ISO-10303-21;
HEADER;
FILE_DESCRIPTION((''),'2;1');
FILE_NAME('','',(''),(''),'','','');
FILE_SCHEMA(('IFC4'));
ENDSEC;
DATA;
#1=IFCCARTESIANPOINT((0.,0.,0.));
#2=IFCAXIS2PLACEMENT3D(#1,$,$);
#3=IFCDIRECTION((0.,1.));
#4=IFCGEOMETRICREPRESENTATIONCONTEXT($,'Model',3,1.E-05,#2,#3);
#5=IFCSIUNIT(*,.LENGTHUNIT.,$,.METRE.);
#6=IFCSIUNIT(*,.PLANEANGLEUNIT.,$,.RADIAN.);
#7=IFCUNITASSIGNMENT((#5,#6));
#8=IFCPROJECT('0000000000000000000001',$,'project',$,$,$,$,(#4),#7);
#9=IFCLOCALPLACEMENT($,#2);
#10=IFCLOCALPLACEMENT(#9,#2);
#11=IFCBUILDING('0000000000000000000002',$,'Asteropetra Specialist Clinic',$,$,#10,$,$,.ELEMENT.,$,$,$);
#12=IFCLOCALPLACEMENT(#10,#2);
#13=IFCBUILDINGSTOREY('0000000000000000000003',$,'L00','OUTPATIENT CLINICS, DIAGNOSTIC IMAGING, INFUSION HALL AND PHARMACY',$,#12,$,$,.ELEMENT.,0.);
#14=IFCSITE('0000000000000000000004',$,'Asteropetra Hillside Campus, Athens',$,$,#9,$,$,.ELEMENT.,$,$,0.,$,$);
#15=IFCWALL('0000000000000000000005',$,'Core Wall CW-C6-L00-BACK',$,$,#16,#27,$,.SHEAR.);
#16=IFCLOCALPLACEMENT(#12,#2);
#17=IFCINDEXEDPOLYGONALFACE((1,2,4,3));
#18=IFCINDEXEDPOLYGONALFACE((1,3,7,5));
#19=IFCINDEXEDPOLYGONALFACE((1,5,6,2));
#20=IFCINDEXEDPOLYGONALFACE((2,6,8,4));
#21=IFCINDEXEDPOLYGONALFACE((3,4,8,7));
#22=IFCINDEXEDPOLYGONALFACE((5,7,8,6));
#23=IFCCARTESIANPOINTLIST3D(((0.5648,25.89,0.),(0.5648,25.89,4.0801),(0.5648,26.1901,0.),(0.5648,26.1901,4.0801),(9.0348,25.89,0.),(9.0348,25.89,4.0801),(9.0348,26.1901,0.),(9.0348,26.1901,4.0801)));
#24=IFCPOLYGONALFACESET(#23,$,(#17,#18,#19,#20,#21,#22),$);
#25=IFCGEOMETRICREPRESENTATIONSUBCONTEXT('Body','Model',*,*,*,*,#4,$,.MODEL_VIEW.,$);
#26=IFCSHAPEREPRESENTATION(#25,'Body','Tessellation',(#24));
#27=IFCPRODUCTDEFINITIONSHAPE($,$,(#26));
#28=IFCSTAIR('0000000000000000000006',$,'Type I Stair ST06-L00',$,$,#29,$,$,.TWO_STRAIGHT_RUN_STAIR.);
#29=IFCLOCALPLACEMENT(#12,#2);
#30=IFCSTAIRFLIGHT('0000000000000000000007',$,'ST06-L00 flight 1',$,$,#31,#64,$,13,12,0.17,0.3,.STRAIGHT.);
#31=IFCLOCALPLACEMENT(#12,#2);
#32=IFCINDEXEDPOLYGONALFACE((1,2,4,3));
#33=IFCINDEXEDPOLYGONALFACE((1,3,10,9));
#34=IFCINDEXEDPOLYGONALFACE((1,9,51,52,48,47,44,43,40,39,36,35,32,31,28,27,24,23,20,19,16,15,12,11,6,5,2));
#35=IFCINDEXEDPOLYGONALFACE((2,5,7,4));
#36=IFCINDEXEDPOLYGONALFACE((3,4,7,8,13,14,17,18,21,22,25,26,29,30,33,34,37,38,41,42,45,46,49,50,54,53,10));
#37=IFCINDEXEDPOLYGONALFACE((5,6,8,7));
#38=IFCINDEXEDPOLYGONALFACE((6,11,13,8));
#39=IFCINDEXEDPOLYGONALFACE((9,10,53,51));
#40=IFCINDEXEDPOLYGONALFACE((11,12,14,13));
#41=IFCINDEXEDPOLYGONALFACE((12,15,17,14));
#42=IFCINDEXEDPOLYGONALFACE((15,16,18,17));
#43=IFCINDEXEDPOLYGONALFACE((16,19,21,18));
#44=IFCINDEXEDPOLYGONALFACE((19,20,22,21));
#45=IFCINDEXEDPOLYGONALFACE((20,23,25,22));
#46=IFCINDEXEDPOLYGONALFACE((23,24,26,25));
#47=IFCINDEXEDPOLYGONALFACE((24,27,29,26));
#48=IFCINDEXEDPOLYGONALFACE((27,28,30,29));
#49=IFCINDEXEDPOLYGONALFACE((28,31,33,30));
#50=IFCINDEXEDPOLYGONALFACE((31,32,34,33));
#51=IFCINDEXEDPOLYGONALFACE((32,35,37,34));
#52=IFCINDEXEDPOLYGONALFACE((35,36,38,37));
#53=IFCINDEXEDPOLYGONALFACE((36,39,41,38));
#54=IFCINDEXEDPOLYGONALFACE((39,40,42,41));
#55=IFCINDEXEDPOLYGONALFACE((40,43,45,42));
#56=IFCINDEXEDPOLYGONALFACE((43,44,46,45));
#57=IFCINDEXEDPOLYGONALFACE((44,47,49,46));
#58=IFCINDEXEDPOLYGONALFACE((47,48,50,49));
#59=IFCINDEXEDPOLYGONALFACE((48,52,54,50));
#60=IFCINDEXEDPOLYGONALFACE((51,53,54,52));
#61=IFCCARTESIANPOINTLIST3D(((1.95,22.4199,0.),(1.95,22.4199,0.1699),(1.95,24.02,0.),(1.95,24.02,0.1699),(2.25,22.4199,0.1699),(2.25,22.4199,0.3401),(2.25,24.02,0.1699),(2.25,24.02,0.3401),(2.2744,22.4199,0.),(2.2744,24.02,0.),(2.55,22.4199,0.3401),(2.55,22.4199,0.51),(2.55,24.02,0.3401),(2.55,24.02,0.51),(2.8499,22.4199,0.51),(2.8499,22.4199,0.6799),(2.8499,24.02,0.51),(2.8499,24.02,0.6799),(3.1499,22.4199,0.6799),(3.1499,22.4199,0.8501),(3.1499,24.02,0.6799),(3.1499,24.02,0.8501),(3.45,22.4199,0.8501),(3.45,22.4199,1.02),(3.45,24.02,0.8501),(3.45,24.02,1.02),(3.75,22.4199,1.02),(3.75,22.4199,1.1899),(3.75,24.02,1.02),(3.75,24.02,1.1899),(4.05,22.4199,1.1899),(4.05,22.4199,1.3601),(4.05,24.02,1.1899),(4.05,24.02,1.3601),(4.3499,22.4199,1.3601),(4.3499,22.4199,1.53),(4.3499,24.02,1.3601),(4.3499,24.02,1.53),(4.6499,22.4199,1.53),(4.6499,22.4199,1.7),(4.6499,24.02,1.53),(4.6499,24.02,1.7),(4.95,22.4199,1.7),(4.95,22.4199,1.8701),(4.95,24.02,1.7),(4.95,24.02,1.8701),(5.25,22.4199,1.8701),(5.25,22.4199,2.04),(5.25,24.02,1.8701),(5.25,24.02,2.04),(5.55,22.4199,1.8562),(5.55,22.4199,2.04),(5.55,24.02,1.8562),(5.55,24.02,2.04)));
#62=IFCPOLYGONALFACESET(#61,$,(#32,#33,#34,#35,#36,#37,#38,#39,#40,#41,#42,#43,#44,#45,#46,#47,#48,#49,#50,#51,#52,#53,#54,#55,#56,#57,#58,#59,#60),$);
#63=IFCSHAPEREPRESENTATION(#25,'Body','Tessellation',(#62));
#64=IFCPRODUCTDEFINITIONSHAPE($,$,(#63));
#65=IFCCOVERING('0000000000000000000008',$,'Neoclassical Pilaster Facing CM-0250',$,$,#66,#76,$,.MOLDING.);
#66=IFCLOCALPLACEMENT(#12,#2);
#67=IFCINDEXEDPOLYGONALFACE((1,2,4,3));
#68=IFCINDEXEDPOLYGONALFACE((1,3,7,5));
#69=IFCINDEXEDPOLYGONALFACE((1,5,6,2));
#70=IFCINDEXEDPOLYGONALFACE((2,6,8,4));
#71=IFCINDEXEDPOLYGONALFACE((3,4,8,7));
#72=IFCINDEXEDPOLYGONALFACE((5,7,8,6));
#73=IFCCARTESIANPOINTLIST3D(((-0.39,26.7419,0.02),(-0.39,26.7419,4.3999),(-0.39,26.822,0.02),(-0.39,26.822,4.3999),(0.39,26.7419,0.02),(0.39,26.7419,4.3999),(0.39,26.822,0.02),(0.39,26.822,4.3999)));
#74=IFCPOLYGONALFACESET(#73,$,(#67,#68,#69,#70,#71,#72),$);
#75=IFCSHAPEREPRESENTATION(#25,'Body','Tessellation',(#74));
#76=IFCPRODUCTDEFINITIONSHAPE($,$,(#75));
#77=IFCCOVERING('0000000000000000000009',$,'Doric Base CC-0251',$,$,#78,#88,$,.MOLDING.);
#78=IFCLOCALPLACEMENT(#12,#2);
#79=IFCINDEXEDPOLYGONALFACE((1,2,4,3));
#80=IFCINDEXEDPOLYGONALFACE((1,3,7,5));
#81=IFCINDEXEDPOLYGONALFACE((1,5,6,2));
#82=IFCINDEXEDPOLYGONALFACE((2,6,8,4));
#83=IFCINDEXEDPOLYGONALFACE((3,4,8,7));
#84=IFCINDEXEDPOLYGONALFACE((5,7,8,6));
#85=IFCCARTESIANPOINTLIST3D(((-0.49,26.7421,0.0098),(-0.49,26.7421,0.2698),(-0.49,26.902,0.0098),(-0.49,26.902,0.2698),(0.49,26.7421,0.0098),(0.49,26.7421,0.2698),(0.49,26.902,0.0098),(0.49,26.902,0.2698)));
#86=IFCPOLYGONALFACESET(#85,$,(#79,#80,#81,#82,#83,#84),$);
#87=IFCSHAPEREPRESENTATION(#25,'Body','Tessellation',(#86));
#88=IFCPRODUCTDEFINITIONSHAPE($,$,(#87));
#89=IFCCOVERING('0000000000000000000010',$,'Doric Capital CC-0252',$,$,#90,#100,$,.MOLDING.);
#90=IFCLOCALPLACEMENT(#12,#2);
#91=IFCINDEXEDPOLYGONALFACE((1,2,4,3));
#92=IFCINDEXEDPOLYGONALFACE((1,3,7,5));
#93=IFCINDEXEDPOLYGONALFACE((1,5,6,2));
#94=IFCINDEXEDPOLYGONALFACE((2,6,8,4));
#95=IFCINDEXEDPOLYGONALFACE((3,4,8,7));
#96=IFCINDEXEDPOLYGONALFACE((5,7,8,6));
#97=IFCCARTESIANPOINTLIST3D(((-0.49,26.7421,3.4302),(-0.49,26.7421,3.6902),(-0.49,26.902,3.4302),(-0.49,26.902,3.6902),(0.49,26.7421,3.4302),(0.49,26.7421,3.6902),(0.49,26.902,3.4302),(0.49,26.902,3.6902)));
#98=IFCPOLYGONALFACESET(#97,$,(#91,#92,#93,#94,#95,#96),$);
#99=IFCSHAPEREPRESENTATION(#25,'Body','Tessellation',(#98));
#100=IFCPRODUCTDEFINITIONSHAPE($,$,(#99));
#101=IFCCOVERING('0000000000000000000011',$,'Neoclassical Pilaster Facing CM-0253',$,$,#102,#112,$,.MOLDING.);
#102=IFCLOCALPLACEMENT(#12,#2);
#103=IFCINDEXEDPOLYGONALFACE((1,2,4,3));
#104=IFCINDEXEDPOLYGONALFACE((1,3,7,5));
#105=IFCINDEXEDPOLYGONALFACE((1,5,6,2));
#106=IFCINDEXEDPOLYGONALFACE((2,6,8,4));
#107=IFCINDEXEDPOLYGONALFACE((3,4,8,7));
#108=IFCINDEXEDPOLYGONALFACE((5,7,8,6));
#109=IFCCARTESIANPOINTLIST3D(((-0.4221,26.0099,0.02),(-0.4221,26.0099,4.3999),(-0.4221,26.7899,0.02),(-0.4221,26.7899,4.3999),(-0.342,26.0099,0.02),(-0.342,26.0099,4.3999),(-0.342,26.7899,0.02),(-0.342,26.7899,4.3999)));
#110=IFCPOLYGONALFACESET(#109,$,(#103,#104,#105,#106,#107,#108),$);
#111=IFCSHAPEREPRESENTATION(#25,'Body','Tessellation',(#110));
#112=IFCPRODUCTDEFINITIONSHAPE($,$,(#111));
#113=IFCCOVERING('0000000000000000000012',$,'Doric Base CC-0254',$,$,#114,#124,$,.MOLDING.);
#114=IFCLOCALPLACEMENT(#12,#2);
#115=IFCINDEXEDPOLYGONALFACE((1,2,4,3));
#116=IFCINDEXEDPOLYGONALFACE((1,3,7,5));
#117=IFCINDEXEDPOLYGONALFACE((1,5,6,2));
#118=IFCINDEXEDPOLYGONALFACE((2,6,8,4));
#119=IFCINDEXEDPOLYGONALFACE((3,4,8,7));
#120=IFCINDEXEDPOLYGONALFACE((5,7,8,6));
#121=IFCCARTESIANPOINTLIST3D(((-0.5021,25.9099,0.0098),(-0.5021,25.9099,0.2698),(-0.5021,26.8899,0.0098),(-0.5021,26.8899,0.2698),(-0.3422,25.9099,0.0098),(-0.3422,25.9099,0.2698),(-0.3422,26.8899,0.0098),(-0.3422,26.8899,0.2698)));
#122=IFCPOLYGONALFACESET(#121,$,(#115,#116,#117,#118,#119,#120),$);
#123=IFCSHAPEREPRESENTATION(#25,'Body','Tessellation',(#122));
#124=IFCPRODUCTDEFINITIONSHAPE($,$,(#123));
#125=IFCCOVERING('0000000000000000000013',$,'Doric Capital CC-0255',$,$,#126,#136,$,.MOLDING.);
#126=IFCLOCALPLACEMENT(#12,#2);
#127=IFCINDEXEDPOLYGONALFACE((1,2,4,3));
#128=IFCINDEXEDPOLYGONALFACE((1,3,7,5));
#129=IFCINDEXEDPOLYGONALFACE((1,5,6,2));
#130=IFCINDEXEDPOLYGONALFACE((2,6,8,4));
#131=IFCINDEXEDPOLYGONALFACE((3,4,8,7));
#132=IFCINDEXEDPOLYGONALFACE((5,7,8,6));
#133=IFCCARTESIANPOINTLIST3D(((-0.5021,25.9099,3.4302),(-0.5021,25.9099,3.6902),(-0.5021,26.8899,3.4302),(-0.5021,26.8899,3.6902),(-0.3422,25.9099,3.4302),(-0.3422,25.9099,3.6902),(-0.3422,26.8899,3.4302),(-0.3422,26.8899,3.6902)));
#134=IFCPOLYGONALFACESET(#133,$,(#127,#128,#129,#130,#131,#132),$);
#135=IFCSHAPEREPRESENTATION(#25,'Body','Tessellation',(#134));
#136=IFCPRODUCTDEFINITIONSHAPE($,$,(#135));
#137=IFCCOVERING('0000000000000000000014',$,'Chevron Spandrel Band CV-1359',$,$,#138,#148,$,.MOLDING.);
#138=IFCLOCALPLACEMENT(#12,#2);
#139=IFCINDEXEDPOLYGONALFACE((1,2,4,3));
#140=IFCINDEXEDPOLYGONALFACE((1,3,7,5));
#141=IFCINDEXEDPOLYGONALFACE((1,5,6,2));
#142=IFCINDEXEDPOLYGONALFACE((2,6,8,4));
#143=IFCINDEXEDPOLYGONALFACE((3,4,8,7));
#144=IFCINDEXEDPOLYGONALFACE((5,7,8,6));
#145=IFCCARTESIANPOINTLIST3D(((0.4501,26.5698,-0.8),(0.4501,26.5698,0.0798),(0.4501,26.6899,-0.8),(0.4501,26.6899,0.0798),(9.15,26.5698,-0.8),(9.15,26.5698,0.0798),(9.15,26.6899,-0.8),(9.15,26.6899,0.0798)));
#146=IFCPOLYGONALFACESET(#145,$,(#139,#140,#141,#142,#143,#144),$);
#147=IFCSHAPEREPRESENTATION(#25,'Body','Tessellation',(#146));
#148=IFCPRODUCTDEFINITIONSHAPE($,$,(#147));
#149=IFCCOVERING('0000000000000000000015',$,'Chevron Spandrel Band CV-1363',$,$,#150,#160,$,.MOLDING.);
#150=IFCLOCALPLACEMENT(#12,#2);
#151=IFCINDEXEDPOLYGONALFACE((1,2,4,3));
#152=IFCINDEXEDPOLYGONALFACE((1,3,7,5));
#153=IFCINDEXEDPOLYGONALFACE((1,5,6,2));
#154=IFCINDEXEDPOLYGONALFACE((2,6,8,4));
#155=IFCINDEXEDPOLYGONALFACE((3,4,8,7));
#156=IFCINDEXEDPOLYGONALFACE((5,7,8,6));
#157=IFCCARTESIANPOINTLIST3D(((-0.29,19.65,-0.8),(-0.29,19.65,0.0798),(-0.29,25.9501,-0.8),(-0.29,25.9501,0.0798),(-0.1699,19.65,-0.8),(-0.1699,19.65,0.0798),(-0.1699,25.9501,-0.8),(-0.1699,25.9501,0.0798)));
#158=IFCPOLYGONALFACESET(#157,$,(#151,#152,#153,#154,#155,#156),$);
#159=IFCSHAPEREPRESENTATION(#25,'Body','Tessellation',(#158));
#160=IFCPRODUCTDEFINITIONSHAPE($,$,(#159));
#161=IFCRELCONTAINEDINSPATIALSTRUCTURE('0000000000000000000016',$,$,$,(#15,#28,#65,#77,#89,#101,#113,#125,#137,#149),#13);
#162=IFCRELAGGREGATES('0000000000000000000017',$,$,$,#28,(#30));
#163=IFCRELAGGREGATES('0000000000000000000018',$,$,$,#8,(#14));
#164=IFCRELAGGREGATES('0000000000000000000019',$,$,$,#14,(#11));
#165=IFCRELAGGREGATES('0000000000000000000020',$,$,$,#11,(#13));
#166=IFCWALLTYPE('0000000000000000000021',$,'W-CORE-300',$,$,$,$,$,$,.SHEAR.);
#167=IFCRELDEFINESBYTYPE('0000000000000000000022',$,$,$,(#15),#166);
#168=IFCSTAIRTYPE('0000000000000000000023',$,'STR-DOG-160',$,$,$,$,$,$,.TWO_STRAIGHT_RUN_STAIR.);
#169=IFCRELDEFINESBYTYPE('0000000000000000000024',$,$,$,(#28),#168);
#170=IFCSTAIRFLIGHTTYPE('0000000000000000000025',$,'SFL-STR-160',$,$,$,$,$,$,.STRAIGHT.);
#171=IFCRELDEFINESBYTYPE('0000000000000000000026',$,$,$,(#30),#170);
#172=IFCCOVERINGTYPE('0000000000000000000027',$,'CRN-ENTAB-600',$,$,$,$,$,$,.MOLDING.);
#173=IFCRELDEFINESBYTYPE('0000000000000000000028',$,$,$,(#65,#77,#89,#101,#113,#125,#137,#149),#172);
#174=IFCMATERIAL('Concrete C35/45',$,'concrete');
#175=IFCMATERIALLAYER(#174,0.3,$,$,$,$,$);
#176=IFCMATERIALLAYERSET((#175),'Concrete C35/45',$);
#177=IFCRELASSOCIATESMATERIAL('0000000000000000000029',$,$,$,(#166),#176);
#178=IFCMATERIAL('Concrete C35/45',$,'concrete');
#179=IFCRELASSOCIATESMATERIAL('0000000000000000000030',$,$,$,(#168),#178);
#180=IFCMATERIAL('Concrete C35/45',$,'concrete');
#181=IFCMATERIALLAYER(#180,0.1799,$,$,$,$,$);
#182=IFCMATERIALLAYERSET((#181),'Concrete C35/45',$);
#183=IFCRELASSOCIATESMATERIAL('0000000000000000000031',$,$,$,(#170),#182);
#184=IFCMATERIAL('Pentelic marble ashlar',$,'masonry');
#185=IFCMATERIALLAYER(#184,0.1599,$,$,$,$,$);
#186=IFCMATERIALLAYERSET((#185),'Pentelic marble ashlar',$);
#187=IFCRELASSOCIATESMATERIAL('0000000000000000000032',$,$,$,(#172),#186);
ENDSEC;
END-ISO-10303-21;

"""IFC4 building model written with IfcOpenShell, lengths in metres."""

from ifc_helpers import new_model, si_unit, direction, frame, frame_2d, origin, origin_2d, place, context, subcontext, project, spatial, polyline, rectangle, outline, extrude, material, layer, layer_set, type_object, element, aggregate, save


model = new_model("IFC4")

# Units and contexts
model_context = context("Model", 3, precision=1e-05, world=origin(), true_north=direction((0.0, 1.0)))
body_context = subcontext(model_context, "Body", "Model", "MODEL_VIEW")
ifc_project = project(units=[si_unit("LENGTHUNIT", "METRE"), si_unit("PLANEANGLEUNIT", "RADIAN")], contexts=[model_context])

# Site, building, storey
site_placement = place(None, origin())
site = spatial("IfcSite", under=ifc_project, at=site_placement, Name="Asteropetra Hillside Campus, Athens", CompositionType="ELEMENT", RefElevation=0.0)
building_placement = place(site_placement, origin())
building = spatial("IfcBuilding", under=site, at=building_placement, Name="Asteropetra Specialist Clinic", CompositionType="ELEMENT")
storey_placement = place(building_placement, origin())
storey = spatial("IfcBuildingStorey", under=building, at=storey_placement, Name="L00", Description="OUTPATIENT CLINICS, DIAGNOSTIC IMAGING, INFUSION HALL AND PHARMACY", CompositionType="ELEMENT", Elevation=0.0)

# Wall
ifc_material_1 = material(Name="Concrete C35/45", Category="concrete")
ifc_layer_1 = layer(ifc_material_1, 0.3)
ifc_layer_set_1 = layer_set([ifc_layer_1], Name="Concrete C35/45")
wall_type_1 = type_object("IfcWallType", Name="W-CORE-300", PredefinedType="SHEAR", material=ifc_layer_set_1)
wall_1_placement = place(storey_placement, frame((0.5649, 26.04, 0.0), z_axis=(0.0, 0.0, 1.0), x_axis=(1.0, 0.0, 0.0)))
element("IfcWall", 1, at=wall_1_placement, inside=storey, type_object=wall_type_1, Name="Core Wall CW-C6-L00-BACK", PredefinedType="SHEAR", context=body_context, shape_type="SweptSolid", body=[
    extrude(rectangle(XDim=8.47, YDim=0.3, at=frame_2d((4.2349, 0.0))), origin(), (0.0, 0.0, 1.0), 4.0801),
])

# Stair, stair flight
ifc_material_2 = material(Name="Concrete C35/45", Category="concrete")
stair_type = type_object("IfcStairType", Name="STR-DOG-160", PredefinedType="TWO_STRAIGHT_RUN_STAIR", material=ifc_material_2)
stair_placement = place(storey_placement, origin())
stair = element("IfcStair", 2, at=stair_placement, inside=storey, type_object=stair_type, Name="Type I Stair ST06-L00", PredefinedType="TWO_STRAIGHT_RUN_STAIR")
ifc_material_3 = material(Name="Concrete C35/45", Category="concrete")
ifc_layer_2 = layer(ifc_material_3, 0.1799)
ifc_layer_set_2 = layer_set([ifc_layer_2], Name="Concrete C35/45")
stair_flight_type = type_object("IfcStairFlightType", Name="SFL-STR-160", PredefinedType="STRAIGHT", material=ifc_layer_set_2)
stair_flight_placement = place(storey_placement, frame((1.95, 23.22, 0.0), z_axis=(0.0, 0.0, 1.0), x_axis=(1.0, 0.0, 0.0)))
stair_flight = element("IfcStairFlight", 3, at=stair_flight_placement, type_object=stair_flight_type, Name="ST06-L00 flight 1", NumberOfRisers=13, NumberOfTreads=12, PredefinedType="STRAIGHT", RiserHeight=0.17, TreadLength=0.3, context=body_context, shape_type="SweptSolid", body=[
    extrude(outline(polyline([(0.0, 0.0), (0.0, 0.1699), (0.3, 0.1699), (0.3, 0.3401), (0.6001, 0.3401), (0.6001, 0.51), (0.8999, 0.51), (0.8999, 0.6799), (1.2, 0.6799), (1.2, 0.8501), (1.5, 0.8501), (1.5, 1.02), (1.8, 1.02), (1.8, 1.1899), (2.1001, 1.1899), (2.1001, 1.3601), (2.3999, 1.3601), (2.3999, 1.53), (2.7, 1.53), (2.7, 1.7), (3.0, 1.7), (3.0, 1.8701), (3.3, 1.8701), (3.3, 2.04), (3.6001, 2.04), (3.6001, 2.21), (3.6001, 1.8562), (0.3245, 0.0), (0.0, 0.0)])), frame((0.0, 0.8, 0.0), z_axis=(0.0, -1.0, 0.0), x_axis=(1.0, 0.0, 0.0)), (0.0, 0.0, 1.0), 1.6001),
])
aggregate(stair, [stair_flight])

# Coverings
ifc_material_4 = material(Name="Pentelic marble ashlar", Category="masonry")
ifc_layer_3 = layer(ifc_material_4, 0.1599)
ifc_layer_set_3 = layer_set([ifc_layer_3], Name="Pentelic marble ashlar")
covering_type = type_object("IfcCoveringType", Name="CRN-ENTAB-600", PredefinedType="MOLDING", material=ifc_layer_set_3)
covering_1_placement = place(storey_placement, frame((0.0, 26.782, 0.02), z_axis=(0.0, 0.0, 1.0), x_axis=(1.0, 0.0, 0.0)))
element("IfcCovering", 4, at=covering_1_placement, inside=storey, type_object=covering_type, Name="Neoclassical Pilaster Facing CM-0250", PredefinedType="MOLDING", context=body_context, shape_type="SweptSolid", body=[
    extrude(rectangle(XDim=0.78, YDim=0.0801, at=origin_2d()), origin(), (0.0, 0.0, 1.0), 4.3799),
])
for number, where, z_axis, x_axis, name in (
    (5, (0.0, 26.822, 0.0098), (0.0, 0.0, 1.0), (1.0, 0.0, 0.0), "Doric Base CC-0251"),
    (6, (0.0, 26.822, 3.4302), (0.0, 0.0, 1.0), (1.0, 0.0, 0.0), "Doric Capital CC-0252"),
):
    element("IfcCovering", number, at=place(storey_placement, frame(where, z_axis=z_axis, x_axis=x_axis)), inside=storey, type_object=covering_type, Name=name, PredefinedType="MOLDING", context=body_context, shape_type="SweptSolid", body=[
        extrude(rectangle(XDim=0.98, YDim=0.1599, at=origin_2d()), origin(), (0.0, 0.0, 1.0), 0.26),
    ])
covering_2_placement = place(storey_placement, frame((-0.3821, 26.3999, 0.02), z_axis=(0.0, 0.0, 1.0), x_axis=(1.0, 0.0, 0.0)))
element("IfcCovering", 7, at=covering_2_placement, inside=storey, type_object=covering_type, Name="Neoclassical Pilaster Facing CM-0253", PredefinedType="MOLDING", context=body_context, shape_type="SweptSolid", body=[
    extrude(rectangle(XDim=0.0801, YDim=0.78, at=origin_2d()), origin(), (0.0, 0.0, 1.0), 4.3799),
])
for number, where, z_axis, x_axis, name in (
    (8, (-0.4221, 26.3999, 0.0098), (0.0, 0.0, 1.0), (1.0, 0.0, 0.0), "Doric Base CC-0254"),
    (9, (-0.4221, 26.3999, 3.4302), (0.0, 0.0, 1.0), (1.0, 0.0, 0.0), "Doric Capital CC-0255"),
):
    element("IfcCovering", number, at=place(storey_placement, frame(where, z_axis=z_axis, x_axis=x_axis)), inside=storey, type_object=covering_type, Name=name, PredefinedType="MOLDING", context=body_context, shape_type="SweptSolid", body=[
        extrude(rectangle(XDim=0.1599, YDim=0.98, at=origin_2d()), origin(), (0.0, 0.0, 1.0), 0.26),
    ])
covering_3_placement = place(storey_placement, frame((4.8, 26.6299, -0.8), z_axis=(0.0, 0.0, 1.0), x_axis=(1.0, 0.0, 0.0)))
element("IfcCovering", 10, at=covering_3_placement, inside=storey, type_object=covering_type, Name="Chevron Spandrel Band CV-1359", PredefinedType="MOLDING", context=body_context, shape_type="SweptSolid", body=[
    extrude(rectangle(XDim=8.7, YDim=0.1201, at=origin_2d()), origin(), (0.0, 0.0, 1.0), 0.8799),
])
covering_4_placement = place(storey_placement, frame((-0.23, 22.8, -0.8), z_axis=(0.0, 0.0, 1.0), x_axis=(1.0, 0.0, 0.0)))
element("IfcCovering", 11, at=covering_4_placement, inside=storey, type_object=covering_type, Name="Chevron Spandrel Band CV-1363", PredefinedType="MOLDING", context=body_context, shape_type="SweptSolid", body=[
    extrude(rectangle(XDim=0.1201, YDim=6.3, at=origin_2d()), origin(), (0.0, 0.0, 1.0), 0.8799),
])

save(model, "model.ifc")
